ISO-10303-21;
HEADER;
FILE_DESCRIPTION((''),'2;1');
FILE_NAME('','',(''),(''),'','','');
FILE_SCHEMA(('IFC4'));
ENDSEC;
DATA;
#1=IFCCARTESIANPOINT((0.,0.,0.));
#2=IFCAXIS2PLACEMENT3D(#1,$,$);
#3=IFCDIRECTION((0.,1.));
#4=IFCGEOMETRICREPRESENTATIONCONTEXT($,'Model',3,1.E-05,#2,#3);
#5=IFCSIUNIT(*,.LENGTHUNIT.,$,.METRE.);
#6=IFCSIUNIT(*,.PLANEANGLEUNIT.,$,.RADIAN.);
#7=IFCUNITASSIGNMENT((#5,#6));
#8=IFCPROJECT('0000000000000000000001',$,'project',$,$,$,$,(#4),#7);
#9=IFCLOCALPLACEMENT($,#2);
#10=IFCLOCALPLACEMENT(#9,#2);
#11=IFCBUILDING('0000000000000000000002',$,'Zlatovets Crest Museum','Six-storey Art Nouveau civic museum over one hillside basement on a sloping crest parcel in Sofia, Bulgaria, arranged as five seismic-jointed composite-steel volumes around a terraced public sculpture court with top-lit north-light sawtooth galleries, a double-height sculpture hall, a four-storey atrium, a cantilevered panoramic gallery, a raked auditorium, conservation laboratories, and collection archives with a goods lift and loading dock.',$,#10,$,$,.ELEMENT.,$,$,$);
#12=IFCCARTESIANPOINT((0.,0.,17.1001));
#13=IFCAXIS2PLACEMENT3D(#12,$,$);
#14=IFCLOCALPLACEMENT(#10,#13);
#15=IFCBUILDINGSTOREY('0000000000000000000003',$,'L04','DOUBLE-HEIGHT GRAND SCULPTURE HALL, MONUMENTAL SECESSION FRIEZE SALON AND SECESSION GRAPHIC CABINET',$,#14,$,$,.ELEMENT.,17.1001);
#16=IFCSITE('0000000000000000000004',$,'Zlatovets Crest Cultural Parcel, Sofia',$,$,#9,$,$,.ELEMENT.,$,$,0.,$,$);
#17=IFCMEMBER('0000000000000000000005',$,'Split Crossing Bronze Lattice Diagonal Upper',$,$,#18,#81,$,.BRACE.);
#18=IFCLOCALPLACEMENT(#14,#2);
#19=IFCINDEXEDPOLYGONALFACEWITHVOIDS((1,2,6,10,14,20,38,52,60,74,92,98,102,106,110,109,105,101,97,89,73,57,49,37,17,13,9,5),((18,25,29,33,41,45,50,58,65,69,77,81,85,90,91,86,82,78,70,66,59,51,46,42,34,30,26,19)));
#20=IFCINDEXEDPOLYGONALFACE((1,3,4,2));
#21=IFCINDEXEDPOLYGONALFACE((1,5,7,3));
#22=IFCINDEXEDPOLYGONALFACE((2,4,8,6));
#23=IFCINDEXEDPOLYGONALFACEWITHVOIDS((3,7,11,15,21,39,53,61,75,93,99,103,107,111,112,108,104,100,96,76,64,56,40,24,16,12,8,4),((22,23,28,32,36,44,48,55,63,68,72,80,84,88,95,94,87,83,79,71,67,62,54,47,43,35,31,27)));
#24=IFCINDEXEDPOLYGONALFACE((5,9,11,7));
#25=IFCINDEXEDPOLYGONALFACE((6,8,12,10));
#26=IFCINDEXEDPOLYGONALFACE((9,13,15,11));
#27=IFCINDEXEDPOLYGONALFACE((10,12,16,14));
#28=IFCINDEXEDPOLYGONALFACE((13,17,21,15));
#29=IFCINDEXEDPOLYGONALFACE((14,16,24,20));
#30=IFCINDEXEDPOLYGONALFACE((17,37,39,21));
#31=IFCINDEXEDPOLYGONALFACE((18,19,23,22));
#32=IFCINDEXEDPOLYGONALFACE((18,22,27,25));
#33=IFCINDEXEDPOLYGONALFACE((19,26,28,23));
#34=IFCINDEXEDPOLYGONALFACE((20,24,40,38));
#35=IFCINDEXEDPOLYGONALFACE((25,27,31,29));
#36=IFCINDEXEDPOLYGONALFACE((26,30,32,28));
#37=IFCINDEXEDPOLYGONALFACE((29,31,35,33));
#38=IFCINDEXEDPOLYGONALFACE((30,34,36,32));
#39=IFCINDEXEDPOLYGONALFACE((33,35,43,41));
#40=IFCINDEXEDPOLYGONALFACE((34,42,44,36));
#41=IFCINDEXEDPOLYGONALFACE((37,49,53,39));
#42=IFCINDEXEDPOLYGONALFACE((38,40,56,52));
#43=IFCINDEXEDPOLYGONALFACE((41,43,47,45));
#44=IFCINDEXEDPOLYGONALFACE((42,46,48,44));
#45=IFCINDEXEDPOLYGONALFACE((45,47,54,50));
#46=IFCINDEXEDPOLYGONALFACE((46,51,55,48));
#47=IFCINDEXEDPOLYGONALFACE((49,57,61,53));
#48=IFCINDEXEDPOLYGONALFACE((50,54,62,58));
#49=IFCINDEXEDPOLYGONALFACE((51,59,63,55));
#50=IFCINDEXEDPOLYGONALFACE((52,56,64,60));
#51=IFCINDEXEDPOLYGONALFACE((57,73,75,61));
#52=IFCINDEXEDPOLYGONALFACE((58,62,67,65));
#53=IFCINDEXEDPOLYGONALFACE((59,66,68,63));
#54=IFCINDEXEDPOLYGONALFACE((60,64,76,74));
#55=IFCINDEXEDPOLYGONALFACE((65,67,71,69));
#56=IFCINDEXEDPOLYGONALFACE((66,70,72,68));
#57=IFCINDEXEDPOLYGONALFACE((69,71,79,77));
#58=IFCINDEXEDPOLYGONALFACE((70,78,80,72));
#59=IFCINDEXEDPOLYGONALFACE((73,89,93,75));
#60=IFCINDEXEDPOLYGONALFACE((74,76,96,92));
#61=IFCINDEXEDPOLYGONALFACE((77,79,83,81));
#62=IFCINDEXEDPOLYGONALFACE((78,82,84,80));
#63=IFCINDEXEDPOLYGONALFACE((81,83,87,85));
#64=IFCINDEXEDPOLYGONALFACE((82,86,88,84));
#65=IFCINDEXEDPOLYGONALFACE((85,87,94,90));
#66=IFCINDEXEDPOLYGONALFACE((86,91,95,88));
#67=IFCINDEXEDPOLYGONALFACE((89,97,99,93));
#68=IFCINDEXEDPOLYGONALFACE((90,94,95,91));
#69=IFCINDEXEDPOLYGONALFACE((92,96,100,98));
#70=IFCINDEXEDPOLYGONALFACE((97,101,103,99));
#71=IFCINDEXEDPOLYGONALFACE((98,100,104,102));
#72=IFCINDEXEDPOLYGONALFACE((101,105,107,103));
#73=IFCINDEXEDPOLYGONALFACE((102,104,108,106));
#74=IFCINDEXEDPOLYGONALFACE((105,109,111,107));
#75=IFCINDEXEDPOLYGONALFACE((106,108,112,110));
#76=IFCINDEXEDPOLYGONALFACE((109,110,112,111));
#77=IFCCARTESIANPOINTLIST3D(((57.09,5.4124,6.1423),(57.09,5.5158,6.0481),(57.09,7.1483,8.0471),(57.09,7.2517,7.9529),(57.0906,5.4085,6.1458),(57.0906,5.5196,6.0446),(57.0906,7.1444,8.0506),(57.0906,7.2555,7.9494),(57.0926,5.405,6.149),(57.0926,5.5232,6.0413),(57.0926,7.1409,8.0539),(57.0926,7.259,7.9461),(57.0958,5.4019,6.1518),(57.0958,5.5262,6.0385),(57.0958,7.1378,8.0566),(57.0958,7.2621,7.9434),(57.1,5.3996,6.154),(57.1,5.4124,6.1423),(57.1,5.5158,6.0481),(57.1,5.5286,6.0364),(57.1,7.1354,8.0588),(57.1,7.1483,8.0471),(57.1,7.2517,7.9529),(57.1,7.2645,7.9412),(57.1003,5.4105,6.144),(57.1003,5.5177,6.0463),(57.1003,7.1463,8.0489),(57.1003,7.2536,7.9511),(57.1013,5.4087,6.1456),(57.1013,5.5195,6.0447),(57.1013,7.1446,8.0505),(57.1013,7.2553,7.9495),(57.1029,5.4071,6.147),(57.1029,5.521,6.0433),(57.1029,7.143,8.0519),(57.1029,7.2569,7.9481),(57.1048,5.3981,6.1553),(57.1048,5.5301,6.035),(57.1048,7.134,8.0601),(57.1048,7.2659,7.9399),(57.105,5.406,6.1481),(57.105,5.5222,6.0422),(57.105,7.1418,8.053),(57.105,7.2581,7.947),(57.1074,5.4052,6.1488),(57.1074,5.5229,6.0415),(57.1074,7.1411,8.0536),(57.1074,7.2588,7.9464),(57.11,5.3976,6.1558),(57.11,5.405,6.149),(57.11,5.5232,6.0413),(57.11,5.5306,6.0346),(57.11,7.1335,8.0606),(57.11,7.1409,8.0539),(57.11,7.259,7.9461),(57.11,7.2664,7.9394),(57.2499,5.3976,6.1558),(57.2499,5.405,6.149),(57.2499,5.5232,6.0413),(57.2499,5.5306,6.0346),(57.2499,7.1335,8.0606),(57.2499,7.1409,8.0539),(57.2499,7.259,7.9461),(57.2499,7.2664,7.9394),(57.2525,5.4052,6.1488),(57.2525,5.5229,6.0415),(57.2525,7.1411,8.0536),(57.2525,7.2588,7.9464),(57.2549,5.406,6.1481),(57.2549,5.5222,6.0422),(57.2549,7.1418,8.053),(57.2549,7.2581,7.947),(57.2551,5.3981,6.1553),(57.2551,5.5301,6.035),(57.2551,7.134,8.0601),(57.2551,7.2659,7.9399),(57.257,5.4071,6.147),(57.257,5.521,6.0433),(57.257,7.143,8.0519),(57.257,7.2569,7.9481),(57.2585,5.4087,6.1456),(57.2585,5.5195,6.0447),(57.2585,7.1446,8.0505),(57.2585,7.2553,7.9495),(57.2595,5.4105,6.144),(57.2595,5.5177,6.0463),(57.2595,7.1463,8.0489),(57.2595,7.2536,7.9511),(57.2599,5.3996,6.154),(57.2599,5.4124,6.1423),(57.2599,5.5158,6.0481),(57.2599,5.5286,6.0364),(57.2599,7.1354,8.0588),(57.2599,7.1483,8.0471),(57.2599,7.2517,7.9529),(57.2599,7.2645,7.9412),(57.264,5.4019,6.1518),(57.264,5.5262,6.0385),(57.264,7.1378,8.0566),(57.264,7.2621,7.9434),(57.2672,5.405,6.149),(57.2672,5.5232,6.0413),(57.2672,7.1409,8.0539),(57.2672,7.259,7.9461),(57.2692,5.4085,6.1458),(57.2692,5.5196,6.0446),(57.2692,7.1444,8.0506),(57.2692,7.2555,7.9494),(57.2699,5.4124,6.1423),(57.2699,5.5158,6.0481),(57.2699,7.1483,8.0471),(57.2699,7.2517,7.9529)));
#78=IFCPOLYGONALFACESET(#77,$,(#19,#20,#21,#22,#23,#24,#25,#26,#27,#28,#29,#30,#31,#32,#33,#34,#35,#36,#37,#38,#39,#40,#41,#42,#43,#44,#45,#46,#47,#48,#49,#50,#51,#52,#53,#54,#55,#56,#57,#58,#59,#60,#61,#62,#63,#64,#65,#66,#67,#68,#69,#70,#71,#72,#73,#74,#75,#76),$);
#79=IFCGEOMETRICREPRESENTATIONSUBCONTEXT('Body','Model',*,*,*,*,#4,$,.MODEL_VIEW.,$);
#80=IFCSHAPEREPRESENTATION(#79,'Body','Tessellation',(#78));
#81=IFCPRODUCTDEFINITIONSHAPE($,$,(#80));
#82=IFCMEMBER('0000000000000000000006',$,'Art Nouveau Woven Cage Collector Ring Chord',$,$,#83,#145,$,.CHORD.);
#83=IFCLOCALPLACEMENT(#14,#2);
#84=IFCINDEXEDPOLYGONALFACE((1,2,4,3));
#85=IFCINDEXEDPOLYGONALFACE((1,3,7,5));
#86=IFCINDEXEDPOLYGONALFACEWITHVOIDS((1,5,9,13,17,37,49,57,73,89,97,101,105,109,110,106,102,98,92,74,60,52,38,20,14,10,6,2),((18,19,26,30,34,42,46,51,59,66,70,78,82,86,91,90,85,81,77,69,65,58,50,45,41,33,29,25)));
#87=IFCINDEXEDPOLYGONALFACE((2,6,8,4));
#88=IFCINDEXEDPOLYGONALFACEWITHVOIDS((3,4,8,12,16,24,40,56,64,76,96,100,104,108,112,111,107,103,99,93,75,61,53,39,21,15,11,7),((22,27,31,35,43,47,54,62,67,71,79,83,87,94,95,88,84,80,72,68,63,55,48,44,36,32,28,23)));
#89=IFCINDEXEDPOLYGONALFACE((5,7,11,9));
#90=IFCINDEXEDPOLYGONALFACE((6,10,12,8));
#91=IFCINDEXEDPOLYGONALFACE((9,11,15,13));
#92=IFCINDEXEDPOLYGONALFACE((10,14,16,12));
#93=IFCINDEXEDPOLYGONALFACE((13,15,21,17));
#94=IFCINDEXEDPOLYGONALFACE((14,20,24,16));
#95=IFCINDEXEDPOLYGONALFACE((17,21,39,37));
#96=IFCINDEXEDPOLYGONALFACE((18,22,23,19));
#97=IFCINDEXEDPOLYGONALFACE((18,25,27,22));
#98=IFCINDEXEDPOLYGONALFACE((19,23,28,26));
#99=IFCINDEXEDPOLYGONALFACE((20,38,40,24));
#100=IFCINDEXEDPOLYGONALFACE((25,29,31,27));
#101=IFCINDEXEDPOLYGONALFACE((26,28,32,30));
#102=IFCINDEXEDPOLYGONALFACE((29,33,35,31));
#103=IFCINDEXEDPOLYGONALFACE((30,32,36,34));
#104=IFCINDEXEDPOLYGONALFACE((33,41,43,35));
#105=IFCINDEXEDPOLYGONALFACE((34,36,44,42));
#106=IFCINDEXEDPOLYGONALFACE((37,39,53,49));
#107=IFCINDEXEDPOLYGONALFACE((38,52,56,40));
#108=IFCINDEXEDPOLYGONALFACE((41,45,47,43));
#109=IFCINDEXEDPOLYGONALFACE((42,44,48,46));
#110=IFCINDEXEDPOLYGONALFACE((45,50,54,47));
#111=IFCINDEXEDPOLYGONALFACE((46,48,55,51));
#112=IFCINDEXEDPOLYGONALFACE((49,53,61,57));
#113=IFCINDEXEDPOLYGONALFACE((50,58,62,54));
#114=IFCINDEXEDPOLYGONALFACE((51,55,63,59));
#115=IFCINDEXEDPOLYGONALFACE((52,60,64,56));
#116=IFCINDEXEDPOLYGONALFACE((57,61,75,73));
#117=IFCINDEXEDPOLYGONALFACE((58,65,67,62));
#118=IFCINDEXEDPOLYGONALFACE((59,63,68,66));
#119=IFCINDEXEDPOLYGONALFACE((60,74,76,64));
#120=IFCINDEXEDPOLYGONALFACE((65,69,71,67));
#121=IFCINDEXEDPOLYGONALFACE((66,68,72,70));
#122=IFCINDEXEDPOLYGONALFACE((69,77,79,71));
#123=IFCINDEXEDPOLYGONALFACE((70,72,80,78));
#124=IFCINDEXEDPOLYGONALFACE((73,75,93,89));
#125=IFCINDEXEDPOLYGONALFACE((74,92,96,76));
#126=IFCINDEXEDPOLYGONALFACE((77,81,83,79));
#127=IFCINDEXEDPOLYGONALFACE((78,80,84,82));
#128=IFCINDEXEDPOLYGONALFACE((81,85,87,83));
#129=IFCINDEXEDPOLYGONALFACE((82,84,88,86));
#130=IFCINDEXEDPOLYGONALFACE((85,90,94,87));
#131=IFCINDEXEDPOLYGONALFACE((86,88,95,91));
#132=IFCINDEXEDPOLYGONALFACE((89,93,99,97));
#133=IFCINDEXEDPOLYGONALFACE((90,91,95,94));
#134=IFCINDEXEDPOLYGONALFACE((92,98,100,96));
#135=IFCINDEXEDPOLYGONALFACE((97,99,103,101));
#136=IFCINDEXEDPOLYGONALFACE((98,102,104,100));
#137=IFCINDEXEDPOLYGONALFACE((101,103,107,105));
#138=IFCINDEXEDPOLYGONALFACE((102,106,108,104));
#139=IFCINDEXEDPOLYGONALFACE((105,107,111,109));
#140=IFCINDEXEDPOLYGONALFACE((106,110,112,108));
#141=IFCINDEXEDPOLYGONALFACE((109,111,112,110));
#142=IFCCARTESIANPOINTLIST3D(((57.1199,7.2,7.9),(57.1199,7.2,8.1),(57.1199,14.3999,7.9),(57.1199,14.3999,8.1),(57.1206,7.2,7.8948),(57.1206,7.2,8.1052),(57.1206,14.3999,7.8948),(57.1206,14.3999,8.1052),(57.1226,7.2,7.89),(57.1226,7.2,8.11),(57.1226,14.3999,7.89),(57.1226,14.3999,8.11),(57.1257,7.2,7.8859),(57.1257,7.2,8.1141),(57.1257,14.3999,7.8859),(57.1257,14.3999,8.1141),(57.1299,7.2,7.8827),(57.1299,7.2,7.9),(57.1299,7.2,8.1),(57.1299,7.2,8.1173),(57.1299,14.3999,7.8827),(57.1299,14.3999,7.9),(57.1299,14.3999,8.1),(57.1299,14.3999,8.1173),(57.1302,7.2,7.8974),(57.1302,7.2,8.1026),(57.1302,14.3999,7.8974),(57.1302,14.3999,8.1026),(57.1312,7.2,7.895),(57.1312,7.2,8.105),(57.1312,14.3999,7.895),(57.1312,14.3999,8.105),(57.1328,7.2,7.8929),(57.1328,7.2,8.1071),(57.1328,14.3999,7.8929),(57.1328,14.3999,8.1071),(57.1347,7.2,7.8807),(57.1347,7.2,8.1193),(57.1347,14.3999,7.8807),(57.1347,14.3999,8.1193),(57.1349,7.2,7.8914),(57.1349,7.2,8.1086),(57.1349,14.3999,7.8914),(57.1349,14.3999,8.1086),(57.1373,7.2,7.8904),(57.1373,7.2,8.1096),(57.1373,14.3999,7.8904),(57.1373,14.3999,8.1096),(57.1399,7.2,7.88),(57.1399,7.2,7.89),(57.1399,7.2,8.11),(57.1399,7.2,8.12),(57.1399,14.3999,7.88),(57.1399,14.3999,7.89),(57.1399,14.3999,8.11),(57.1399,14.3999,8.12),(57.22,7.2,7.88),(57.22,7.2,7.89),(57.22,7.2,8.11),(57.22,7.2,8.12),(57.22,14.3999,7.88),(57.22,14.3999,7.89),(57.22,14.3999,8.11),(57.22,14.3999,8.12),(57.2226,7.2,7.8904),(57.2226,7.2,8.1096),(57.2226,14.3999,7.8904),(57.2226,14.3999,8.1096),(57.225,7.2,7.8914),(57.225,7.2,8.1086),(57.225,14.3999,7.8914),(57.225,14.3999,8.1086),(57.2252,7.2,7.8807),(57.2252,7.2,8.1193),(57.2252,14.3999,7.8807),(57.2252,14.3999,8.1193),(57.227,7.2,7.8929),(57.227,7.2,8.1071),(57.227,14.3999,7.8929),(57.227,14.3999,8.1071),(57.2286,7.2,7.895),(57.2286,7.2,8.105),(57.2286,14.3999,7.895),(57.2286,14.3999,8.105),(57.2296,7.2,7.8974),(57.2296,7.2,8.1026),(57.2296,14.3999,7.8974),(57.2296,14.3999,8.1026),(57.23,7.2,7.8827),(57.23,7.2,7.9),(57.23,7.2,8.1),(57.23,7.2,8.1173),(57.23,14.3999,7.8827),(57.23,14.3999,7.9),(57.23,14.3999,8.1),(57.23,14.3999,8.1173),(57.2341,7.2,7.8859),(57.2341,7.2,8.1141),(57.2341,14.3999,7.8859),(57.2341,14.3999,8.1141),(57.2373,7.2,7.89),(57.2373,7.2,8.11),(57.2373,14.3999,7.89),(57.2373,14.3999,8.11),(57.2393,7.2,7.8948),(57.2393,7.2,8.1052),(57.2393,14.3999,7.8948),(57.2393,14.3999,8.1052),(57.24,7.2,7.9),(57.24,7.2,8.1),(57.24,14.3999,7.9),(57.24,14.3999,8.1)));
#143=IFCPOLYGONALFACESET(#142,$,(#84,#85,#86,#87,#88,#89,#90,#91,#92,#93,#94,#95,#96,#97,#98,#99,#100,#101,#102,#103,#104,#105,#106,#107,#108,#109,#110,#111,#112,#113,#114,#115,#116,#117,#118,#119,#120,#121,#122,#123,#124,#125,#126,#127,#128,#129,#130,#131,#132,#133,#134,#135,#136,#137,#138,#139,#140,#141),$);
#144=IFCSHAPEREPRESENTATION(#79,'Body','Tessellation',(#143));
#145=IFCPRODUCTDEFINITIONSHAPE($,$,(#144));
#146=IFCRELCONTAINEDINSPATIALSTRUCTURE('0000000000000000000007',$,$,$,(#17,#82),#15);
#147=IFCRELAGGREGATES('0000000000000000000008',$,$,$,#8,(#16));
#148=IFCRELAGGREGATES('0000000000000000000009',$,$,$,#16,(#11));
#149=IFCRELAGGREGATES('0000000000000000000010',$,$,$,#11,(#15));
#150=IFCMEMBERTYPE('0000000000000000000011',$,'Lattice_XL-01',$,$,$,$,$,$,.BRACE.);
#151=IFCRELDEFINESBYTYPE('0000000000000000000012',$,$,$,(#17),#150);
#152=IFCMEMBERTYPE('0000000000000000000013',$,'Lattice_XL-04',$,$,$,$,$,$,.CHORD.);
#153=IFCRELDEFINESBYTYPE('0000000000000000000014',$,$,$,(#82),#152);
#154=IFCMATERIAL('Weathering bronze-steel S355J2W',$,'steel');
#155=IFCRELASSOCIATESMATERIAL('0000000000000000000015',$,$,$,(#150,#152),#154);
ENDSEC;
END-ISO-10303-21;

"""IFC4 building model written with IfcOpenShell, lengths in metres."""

from ifc_helpers import new_model, si_unit, direction, frame, origin, origin_2d, place, context, subcontext, project, spatial, hollow_rectangle, extrude, material, material_profile, profile_set, type_object, element, save


model = new_model("IFC4")

# Units and contexts
model_context = context("Model", 3, precision=1e-05, world=origin(), true_north=direction((0.0, 1.0)))
body_context = subcontext(model_context, "Body", "Model", "MODEL_VIEW")
ifc_project = project(units=[si_unit("LENGTHUNIT", "METRE"), si_unit("PLANEANGLEUNIT", "RADIAN")], contexts=[model_context])

# Site, building, storey
site_placement = place(None, origin())
site = spatial("IfcSite", under=ifc_project, at=site_placement, Name="Zlatovets Crest Cultural Parcel, Sofia", CompositionType="ELEMENT", RefElevation=0.0)
building_placement = place(site_placement, origin())
building = spatial("IfcBuilding", under=site, at=building_placement, Name="Zlatovets Crest Museum", Description="Six-storey Art Nouveau civic museum over one hillside basement on a sloping crest parcel in Sofia, Bulgaria, arranged as five seismic-jointed composite-steel volumes around a terraced public sculpture court with top-lit north-light sawtooth galleries, a double-height sculpture hall, a four-storey atrium, a cantilevered panoramic gallery, a raked auditorium, conservation laboratories, and collection archives with a goods lift and loading dock.", CompositionType="ELEMENT")
storey_placement = place(building_placement, frame((0.0, 0.0, 17.1001)))
storey = spatial("IfcBuildingStorey", under=building, at=storey_placement, Name="L04", Description="DOUBLE-HEIGHT GRAND SCULPTURE HALL, MONUMENTAL SECESSION FRIEZE SALON AND SECESSION GRAPHIC CABINET", CompositionType="ELEMENT", Elevation=17.1001)

# Members
ifc_material_1 = material(Name="Weathering bronze-steel S355J2W", Category="steel")
ifc_material_profile_1 = material_profile(ifc_material_1, hollow_rectangle(XDim=0.1799, YDim=0.1799, WallThickness=0.01, InnerFilletRadius=0.01, OuterFilletRadius=0.02, at=origin_2d()), Name="SHS 180x180x10.0")
ifc_profile_set_1 = profile_set([ifc_material_profile_1], Name="Weathering bronze-steel S355J2W")
member_type_1 = type_object("IfcMemberType", Name="Lattice_XL-01", PredefinedType="BRACE", material=ifc_profile_set_1)
member_1_placement = place(storey_placement, frame((57.1799, 7.2, 8.0), z_axis=(0.0, -0.673568, -0.739125), x_axis=(1.0, 0.0, 0.0)))
element("IfcMember", 1, at=member_1_placement, inside=storey, type_object=member_type_1, Name="Split Crossing Bronze Lattice Diagonal Upper", PredefinedType="BRACE", context=body_context, shape_type="SweptSolid", body=[
    extrude(hollow_rectangle(XDim=0.1799, YDim=0.1799, WallThickness=0.01, InnerFilletRadius=0.01, OuterFilletRadius=0.02, at=origin_2d()), origin(), (0.0, 0.0, 1.0), 2.5771),
])
ifc_material_profile_2 = material_profile(ifc_material_1, hollow_rectangle(XDim=0.1201, YDim=0.24, WallThickness=0.01, InnerFilletRadius=0.01, OuterFilletRadius=0.02, at=origin_2d()), Name="RHS 120x240x10.0")
ifc_profile_set_2 = profile_set([ifc_material_profile_2], Name="Weathering bronze-steel S355J2W")
member_type_2 = type_object("IfcMemberType", Name="Lattice_XL-04", PredefinedType="CHORD", material=ifc_profile_set_2)
for number, where, z_axis, x_axis, name in (
    (2, (57.1799, 14.3999, 8.0), (0.0, -1.0, 0.0), (1.0, 0.0, 0.0), "Art Nouveau Woven Cage Collector Ring Chord"),
):
    element("IfcMember", number, at=place(storey_placement, frame(where, z_axis=z_axis, x_axis=x_axis)), inside=storey, type_object=member_type_2, Name=name, PredefinedType="CHORD", context=body_context, shape_type="SweptSolid", body=[
        extrude(hollow_rectangle(XDim=0.1201, YDim=0.24, WallThickness=0.01, InnerFilletRadius=0.01, OuterFilletRadius=0.02, at=origin_2d()), origin(), (0.0, 0.0, 1.0), 7.2),
    ])

save(model, "model.ifc")
